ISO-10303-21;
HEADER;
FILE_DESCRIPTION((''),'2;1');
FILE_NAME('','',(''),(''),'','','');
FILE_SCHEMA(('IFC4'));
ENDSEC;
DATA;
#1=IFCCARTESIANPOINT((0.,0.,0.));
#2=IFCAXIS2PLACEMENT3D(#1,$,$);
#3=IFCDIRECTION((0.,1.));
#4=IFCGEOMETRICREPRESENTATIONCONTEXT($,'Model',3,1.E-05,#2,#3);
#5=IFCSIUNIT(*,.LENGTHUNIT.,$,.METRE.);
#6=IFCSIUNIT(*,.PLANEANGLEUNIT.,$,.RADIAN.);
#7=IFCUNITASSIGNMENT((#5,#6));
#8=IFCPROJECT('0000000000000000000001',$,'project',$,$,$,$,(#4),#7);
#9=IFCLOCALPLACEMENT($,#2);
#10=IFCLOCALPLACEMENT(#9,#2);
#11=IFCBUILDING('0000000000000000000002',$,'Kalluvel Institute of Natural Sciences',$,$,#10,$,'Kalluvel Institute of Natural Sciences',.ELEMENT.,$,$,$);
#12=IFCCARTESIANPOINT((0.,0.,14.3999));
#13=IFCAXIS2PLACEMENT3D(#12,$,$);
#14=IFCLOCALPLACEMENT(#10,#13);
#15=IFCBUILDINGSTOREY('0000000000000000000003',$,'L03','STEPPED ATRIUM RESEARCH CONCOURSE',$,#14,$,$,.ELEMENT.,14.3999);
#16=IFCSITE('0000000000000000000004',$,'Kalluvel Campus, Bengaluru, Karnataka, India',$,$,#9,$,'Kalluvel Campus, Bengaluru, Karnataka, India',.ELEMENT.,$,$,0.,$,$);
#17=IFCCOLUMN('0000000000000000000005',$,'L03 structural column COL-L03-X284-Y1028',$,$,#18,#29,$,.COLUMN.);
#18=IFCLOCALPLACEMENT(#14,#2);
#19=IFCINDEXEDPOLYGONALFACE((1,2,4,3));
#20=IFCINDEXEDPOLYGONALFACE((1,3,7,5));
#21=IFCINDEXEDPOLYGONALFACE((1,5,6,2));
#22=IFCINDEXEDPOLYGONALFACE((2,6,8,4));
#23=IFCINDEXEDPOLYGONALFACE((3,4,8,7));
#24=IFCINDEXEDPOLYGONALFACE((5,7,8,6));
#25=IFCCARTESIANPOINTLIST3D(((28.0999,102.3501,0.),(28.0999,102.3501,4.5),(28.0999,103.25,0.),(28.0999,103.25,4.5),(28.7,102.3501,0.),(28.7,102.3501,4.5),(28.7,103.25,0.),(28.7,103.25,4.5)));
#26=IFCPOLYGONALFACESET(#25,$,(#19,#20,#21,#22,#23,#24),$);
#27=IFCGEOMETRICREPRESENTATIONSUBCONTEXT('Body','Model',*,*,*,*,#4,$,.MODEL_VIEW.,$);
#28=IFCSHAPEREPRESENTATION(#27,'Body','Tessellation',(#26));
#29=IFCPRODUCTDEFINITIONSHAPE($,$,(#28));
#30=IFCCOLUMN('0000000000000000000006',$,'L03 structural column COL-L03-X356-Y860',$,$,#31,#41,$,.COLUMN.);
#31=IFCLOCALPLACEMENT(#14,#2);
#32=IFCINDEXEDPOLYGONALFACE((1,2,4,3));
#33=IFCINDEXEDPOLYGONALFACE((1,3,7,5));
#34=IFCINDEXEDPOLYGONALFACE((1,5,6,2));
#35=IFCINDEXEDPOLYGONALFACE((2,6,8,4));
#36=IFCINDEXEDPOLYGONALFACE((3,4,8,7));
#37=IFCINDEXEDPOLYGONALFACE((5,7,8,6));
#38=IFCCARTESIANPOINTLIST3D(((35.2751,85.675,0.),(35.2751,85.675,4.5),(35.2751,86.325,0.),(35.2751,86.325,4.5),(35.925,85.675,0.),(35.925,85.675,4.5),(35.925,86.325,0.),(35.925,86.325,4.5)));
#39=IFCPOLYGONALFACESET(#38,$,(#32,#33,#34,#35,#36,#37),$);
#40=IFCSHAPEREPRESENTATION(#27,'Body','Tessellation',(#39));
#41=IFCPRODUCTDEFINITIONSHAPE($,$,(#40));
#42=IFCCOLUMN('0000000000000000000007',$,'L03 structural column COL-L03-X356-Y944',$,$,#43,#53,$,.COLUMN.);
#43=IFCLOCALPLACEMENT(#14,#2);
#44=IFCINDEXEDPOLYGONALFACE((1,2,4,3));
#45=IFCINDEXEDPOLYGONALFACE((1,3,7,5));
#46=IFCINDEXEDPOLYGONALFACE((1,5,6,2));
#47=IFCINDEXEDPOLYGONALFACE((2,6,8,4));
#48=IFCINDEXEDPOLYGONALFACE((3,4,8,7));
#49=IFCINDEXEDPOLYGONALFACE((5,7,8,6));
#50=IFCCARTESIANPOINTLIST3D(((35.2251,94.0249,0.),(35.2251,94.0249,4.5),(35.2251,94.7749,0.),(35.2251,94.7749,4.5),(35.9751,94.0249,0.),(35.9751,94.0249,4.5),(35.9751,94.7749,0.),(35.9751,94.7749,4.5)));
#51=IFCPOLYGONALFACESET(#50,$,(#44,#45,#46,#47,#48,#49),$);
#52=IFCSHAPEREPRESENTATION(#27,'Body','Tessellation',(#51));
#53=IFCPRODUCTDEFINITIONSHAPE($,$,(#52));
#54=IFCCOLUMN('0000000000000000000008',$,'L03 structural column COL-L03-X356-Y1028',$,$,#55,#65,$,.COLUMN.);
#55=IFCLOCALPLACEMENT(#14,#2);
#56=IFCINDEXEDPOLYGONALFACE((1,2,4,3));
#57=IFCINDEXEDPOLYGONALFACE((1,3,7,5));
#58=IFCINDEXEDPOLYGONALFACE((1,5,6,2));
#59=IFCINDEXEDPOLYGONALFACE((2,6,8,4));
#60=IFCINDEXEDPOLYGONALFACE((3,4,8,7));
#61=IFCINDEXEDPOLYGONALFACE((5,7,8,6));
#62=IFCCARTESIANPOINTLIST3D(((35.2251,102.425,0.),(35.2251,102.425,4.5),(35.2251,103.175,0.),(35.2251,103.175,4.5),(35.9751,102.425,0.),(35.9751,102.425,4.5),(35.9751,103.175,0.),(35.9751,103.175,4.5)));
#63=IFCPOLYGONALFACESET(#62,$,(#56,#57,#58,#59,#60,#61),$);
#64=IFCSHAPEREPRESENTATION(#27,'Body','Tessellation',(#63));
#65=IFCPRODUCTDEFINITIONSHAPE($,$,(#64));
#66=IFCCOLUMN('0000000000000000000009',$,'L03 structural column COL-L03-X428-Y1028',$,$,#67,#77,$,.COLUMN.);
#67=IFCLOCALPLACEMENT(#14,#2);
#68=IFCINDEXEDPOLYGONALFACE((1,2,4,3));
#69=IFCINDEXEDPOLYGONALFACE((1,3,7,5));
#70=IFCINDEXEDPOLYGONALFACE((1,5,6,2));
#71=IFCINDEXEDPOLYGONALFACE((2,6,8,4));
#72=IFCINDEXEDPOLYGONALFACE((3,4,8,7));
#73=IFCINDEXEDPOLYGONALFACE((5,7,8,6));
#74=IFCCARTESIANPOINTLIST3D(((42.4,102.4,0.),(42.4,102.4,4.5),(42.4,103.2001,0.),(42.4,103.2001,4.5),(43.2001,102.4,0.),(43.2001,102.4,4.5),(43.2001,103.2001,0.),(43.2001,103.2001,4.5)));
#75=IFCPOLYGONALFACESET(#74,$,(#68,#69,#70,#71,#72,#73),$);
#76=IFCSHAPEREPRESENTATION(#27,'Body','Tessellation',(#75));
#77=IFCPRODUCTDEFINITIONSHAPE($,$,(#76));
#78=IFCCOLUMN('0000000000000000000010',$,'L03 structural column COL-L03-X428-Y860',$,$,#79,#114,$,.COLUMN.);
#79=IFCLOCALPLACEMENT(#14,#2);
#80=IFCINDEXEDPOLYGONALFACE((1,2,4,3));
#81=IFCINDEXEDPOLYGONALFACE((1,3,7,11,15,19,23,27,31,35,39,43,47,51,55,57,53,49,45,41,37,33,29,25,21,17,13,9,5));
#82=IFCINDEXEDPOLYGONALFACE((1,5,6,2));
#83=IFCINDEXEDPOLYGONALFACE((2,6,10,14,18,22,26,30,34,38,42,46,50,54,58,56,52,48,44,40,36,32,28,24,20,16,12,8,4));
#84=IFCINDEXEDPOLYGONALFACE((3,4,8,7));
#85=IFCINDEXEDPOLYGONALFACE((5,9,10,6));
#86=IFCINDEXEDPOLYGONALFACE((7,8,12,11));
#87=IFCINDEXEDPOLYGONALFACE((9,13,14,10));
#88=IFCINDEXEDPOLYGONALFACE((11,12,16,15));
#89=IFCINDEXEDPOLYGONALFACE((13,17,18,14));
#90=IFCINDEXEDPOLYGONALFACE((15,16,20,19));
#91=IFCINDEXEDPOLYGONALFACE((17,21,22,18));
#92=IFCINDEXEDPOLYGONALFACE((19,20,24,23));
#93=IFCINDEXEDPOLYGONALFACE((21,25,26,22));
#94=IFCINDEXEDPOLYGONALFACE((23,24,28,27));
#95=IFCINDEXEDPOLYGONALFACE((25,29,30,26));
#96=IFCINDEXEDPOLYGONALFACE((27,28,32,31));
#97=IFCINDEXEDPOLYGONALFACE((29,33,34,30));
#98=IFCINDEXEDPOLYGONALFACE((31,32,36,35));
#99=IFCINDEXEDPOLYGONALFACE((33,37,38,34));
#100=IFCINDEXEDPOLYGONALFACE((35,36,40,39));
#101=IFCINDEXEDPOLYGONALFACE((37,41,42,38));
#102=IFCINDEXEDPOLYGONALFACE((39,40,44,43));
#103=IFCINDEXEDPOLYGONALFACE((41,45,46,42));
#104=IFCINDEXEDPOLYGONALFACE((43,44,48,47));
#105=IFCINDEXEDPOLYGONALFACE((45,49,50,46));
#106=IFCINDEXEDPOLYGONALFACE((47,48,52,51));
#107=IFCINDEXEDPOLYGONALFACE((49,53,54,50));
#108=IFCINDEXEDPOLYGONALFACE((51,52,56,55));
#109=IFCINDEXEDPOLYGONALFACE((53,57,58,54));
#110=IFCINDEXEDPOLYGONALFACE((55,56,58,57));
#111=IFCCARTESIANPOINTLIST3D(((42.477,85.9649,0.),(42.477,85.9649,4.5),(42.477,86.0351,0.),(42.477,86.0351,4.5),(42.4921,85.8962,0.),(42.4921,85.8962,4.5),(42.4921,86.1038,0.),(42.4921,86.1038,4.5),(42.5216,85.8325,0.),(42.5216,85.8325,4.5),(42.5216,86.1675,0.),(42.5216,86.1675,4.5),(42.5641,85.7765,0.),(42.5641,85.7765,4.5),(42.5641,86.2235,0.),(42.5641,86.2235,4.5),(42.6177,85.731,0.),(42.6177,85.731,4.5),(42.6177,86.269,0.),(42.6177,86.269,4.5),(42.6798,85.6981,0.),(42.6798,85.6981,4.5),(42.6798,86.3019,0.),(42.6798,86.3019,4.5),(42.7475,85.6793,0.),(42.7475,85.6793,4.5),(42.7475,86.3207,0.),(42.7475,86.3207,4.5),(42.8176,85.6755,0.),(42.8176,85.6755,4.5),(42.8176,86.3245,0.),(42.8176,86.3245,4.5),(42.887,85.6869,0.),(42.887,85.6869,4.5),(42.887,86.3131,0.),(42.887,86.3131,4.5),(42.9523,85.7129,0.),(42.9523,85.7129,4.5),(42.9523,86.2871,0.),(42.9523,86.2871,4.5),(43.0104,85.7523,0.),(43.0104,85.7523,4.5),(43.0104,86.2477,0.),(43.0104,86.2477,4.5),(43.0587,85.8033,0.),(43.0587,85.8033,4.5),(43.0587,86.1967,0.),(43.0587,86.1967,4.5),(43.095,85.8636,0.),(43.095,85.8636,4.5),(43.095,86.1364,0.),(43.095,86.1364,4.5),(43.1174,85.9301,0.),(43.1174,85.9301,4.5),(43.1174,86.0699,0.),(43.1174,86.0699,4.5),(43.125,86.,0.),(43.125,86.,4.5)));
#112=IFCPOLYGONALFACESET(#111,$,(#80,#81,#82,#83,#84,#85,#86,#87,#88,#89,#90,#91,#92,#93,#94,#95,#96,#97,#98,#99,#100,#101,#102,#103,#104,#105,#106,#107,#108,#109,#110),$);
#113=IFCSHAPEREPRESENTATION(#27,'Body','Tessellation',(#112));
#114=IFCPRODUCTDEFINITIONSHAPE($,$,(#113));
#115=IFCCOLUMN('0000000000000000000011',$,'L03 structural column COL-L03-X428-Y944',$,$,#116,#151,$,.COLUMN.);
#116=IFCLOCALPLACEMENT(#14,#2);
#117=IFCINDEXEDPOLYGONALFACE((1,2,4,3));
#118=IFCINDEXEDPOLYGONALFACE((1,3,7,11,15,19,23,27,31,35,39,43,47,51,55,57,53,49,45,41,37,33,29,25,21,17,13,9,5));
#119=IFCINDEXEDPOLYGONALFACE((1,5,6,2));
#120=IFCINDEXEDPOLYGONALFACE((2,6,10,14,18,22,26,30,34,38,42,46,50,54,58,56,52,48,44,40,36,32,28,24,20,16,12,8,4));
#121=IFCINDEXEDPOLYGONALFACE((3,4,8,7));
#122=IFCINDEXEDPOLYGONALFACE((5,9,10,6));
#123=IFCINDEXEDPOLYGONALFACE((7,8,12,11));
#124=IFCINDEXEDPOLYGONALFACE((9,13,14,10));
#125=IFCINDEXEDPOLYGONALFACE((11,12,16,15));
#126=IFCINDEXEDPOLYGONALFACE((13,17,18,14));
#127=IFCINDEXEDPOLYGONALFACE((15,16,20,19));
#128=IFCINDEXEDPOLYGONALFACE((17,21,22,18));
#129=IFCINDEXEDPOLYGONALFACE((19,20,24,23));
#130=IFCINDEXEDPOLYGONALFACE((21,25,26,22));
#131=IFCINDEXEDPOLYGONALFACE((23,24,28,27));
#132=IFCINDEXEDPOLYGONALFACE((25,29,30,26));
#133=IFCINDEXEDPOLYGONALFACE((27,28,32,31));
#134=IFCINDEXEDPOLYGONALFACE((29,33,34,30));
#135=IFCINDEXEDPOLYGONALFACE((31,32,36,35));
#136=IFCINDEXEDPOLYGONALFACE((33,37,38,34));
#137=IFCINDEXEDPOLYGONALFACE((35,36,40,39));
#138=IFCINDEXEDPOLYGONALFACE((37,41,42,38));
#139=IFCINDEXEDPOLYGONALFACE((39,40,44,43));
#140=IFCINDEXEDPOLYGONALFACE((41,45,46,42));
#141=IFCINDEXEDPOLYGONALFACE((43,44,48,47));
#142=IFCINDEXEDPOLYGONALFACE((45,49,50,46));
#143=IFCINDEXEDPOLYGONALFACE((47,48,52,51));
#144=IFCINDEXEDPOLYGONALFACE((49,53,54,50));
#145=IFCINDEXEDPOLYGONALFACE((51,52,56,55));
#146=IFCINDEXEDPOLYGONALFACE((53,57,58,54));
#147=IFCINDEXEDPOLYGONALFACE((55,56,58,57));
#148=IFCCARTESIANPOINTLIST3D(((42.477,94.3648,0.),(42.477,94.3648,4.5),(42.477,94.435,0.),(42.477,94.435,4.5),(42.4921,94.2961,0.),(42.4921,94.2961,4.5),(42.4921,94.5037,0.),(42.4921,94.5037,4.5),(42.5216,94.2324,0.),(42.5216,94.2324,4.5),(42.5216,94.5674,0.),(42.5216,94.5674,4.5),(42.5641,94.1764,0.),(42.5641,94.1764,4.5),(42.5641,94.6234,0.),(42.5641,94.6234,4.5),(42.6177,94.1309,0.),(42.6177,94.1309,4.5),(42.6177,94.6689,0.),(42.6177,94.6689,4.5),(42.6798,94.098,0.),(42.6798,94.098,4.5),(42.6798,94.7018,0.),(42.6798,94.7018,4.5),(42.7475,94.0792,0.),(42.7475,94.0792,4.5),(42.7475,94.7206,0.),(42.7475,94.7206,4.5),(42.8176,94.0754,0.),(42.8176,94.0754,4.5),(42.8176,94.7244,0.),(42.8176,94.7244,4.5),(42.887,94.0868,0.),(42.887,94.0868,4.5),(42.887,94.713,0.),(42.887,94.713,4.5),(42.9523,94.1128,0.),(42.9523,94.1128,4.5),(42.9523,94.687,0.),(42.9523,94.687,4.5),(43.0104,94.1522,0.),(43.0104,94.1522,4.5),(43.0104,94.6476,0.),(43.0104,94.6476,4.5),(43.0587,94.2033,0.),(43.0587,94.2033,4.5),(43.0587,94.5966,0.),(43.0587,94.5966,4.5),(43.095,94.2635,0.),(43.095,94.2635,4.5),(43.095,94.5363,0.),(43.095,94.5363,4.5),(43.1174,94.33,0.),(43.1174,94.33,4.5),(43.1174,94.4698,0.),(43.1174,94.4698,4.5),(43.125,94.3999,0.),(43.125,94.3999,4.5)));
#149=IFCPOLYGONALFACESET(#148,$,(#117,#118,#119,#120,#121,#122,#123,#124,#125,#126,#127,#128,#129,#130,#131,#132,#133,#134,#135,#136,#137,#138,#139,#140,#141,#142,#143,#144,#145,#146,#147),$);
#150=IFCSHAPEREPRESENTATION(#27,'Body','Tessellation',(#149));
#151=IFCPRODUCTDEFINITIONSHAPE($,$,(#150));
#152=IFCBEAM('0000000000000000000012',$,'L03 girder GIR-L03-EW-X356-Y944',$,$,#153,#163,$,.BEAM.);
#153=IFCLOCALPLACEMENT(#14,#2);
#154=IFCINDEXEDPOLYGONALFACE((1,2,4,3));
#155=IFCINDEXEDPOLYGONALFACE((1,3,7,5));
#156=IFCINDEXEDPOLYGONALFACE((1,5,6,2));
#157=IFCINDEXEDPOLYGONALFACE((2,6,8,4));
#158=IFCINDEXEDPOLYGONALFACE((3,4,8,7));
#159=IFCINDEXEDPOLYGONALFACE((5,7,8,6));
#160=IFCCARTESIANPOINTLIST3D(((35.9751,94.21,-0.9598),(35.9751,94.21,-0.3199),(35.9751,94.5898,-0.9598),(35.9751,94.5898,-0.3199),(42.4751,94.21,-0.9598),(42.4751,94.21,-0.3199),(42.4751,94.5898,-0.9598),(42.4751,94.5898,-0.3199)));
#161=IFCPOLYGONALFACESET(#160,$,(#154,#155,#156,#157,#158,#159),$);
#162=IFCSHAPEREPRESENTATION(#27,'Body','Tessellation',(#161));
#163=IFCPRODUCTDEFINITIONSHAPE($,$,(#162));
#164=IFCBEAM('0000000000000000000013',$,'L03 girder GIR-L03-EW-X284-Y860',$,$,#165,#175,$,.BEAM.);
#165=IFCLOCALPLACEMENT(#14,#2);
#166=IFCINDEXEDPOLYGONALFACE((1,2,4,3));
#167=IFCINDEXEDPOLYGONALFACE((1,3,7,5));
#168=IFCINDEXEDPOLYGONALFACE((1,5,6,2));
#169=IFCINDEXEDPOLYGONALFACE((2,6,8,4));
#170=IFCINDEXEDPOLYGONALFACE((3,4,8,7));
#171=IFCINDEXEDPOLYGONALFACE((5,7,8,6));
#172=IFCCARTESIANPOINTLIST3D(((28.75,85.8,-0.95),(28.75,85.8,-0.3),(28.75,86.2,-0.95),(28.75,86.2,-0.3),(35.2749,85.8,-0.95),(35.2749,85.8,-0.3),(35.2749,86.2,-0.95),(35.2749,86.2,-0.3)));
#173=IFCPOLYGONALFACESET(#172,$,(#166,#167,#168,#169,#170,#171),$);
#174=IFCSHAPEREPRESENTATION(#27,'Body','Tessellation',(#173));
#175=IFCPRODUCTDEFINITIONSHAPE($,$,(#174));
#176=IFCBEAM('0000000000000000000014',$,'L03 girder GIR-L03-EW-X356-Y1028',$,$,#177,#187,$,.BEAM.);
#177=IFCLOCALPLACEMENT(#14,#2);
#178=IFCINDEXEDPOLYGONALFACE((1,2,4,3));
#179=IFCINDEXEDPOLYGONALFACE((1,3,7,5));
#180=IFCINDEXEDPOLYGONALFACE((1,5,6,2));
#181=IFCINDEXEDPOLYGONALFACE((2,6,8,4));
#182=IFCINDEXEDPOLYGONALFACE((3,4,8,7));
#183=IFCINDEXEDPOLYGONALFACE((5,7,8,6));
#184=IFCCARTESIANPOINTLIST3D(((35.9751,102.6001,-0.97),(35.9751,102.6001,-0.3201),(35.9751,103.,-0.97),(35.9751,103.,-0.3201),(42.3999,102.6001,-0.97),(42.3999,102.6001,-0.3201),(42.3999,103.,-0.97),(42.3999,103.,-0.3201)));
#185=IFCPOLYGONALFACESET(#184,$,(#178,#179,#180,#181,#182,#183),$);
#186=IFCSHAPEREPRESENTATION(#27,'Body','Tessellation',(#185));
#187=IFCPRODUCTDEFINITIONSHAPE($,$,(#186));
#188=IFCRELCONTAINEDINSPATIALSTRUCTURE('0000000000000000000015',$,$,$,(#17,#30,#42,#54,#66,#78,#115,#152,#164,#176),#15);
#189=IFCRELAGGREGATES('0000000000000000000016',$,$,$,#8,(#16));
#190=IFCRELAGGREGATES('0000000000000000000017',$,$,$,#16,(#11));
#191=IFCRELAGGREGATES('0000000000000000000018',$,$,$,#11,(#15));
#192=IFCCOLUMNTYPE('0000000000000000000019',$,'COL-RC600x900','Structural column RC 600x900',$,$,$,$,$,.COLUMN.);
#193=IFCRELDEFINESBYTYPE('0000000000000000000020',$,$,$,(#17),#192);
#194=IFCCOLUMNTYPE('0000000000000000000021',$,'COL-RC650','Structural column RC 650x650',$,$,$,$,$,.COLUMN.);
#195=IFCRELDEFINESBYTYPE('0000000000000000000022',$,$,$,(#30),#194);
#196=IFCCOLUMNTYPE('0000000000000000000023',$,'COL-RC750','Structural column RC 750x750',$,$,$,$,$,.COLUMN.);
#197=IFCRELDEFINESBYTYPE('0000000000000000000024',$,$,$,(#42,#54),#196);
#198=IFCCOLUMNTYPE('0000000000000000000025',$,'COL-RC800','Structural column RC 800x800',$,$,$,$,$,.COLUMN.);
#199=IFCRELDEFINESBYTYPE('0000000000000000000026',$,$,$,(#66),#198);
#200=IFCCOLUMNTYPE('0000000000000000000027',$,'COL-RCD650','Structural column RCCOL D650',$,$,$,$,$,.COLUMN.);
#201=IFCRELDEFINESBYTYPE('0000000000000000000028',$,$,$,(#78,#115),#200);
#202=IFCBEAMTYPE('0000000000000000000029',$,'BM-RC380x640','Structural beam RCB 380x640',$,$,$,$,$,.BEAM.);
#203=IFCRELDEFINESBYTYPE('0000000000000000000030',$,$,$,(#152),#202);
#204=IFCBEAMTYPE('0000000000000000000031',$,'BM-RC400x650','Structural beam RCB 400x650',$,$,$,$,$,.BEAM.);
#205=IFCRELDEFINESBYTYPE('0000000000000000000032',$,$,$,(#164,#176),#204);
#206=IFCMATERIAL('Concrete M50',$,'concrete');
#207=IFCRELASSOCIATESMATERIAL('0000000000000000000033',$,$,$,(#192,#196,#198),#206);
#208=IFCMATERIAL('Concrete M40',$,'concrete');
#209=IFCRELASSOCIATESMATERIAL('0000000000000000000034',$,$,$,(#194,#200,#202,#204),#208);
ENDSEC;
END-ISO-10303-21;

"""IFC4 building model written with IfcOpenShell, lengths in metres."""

from ifc_helpers import new_model, si_unit, direction, frame, origin, origin_2d, place, context, subcontext, project, spatial, rectangle, circle, extrude, material, material_profile, profile_set, type_object, element, save


model = new_model("IFC4")

# Units and contexts
model_context = context("Model", 3, precision=1e-05, world=origin(), true_north=direction((0.0, 1.0)))
body_context = subcontext(model_context, "Body", "Model", "MODEL_VIEW")
ifc_project = project(units=[si_unit("LENGTHUNIT", "METRE"), si_unit("PLANEANGLEUNIT", "RADIAN")], contexts=[model_context])

# Site, building, storey
site_placement = place(None, origin())
site = spatial("IfcSite", under=ifc_project, at=site_placement, Name="Kalluvel Campus, Bengaluru, Karnataka, India", LongName="Kalluvel Campus, Bengaluru, Karnataka, India", CompositionType="ELEMENT", RefElevation=0.0)
building_placement = place(site_placement, origin())
building = spatial("IfcBuilding", under=site, at=building_placement, Name="Kalluvel Institute of Natural Sciences", LongName="Kalluvel Institute of Natural Sciences", CompositionType="ELEMENT")
storey_placement = place(building_placement, frame((0.0, 0.0, 14.3999)))
storey = spatial("IfcBuildingStorey", under=building, at=storey_placement, Name="L03", Description="STEPPED ATRIUM RESEARCH CONCOURSE", CompositionType="ELEMENT", Elevation=14.3999)

# Columns
ifc_material_1 = material(Name="Concrete M50", Category="concrete")
ifc_material_profile_1 = material_profile(ifc_material_1, rectangle(XDim=0.6001, YDim=0.8999, at=origin_2d()), Name="RC 600x900")
ifc_profile_set_1 = profile_set([ifc_material_profile_1], Name="Concrete M50")
column_type_1 = type_object("IfcColumnType", Name="COL-RC600x900", Description="Structural column RC 600x900", PredefinedType="COLUMN", material=ifc_profile_set_1)
column_1_placement = place(storey_placement, frame((28.3999, 102.8, 0.0), z_axis=(0.0, 0.0, 1.0), x_axis=(1.0, 0.0, 0.0)))
element("IfcColumn", 1, at=column_1_placement, inside=storey, type_object=column_type_1, Name="L03 structural column COL-L03-X284-Y1028", PredefinedType="COLUMN", context=body_context, shape_type="SweptSolid", body=[
    extrude(rectangle(XDim=0.6001, YDim=0.8999, at=origin_2d()), origin(), (0.0, 0.0, 1.0), 4.5),
])
ifc_material_2 = material(Name="Concrete M40", Category="concrete")
ifc_material_profile_2 = material_profile(ifc_material_2, rectangle(XDim=0.6499, YDim=0.6499, at=origin_2d()), Name="RC 650x650")
ifc_profile_set_2 = profile_set([ifc_material_profile_2], Name="Concrete M40")
column_type_2 = type_object("IfcColumnType", Name="COL-RC650", Description="Structural column RC 650x650", PredefinedType="COLUMN", material=ifc_profile_set_2)
column_2_placement = place(storey_placement, frame((35.6001, 86.0, 0.0), z_axis=(0.0, 0.0, 1.0), x_axis=(1.0, 0.0, 0.0)))
element("IfcColumn", 2, at=column_2_placement, inside=storey, type_object=column_type_2, Name="L03 structural column COL-L03-X356-Y860", PredefinedType="COLUMN", context=body_context, shape_type="SweptSolid", body=[
    extrude(rectangle(XDim=0.6499, YDim=0.6499, at=origin_2d()), origin(), (0.0, 0.0, 1.0), 4.5),
])
ifc_material_profile_3 = material_profile(ifc_material_1, rectangle(XDim=0.75, YDim=0.75, at=origin_2d()), Name="RC 750x750")
ifc_profile_set_3 = profile_set([ifc_material_profile_3], Name="Concrete M50")
column_type_3 = type_object("IfcColumnType", Name="COL-RC750", Description="Structural column RC 750x750", PredefinedType="COLUMN", material=ifc_profile_set_3)
for number, where, z_axis, x_axis, name in (
    (3, (35.6001, 94.3999, 0.0), (0.0, 0.0, 1.0), (1.0, 0.0, 0.0), "L03 structural column COL-L03-X356-Y944"),
    (4, (35.6001, 102.8, 0.0), (0.0, 0.0, 1.0), (1.0, 0.0, 0.0), "L03 structural column COL-L03-X356-Y1028"),
):
    element("IfcColumn", number, at=place(storey_placement, frame(where, z_axis=z_axis, x_axis=x_axis)), inside=storey, type_object=column_type_3, Name=name, PredefinedType="COLUMN", context=body_context, shape_type="SweptSolid", body=[
        extrude(rectangle(XDim=0.75, YDim=0.75, at=origin_2d()), origin(), (0.0, 0.0, 1.0), 4.5),
    ])
ifc_material_profile_4 = material_profile(ifc_material_1, rectangle(XDim=0.8, YDim=0.8, at=origin_2d()), Name="RC 800x800")
ifc_profile_set_4 = profile_set([ifc_material_profile_4], Name="Concrete M50")
column_type_4 = type_object("IfcColumnType", Name="COL-RC800", Description="Structural column RC 800x800", PredefinedType="COLUMN", material=ifc_profile_set_4)
column_3_placement = place(storey_placement, frame((42.8, 102.8, 0.0), z_axis=(0.0, 0.0, 1.0), x_axis=(1.0, 0.0, 0.0)))
element("IfcColumn", 5, at=column_3_placement, inside=storey, type_object=column_type_4, Name="L03 structural column COL-L03-X428-Y1028", PredefinedType="COLUMN", context=body_context, shape_type="SweptSolid", body=[
    extrude(rectangle(XDim=0.8, YDim=0.8, at=origin_2d()), origin(), (0.0, 0.0, 1.0), 4.5),
])
ifc_material_profile_5 = material_profile(ifc_material_2, circle(Radius=0.325, at=origin_2d()), Name="RCCOL D650")
ifc_profile_set_5 = profile_set([ifc_material_profile_5], Name="Concrete M40")
column_type_5 = type_object("IfcColumnType", Name="COL-RCD650", Description="Structural column RCCOL D650", PredefinedType="COLUMN", material=ifc_profile_set_5)
for number, where, z_axis, x_axis, name in (
    (6, (42.8, 86.0, 0.0), (0.0, 0.0, 1.0), (1.0, 0.0, 0.0), "L03 structural column COL-L03-X428-Y860"),
    (7, (42.8, 94.3999, 0.0), (0.0, 0.0, 1.0), (1.0, 0.0, 0.0), "L03 structural column COL-L03-X428-Y944"),
):
    element("IfcColumn", number, at=place(storey_placement, frame(where, z_axis=z_axis, x_axis=x_axis)), inside=storey, type_object=column_type_5, Name=name, PredefinedType="COLUMN", context=body_context, shape_type="SweptSolid", body=[
        extrude(circle(Radius=0.325, at=origin_2d()), origin(), (0.0, 0.0, 1.0), 4.5),
    ])

# Beams
ifc_material_profile_6 = material_profile(ifc_material_2, rectangle(XDim=0.3799, YDim=0.6399, at=origin_2d()), Name="RCB 380x640")
ifc_profile_set_6 = profile_set([ifc_material_profile_6], Name="Concrete M40")
beam_type_1 = type_object("IfcBeamType", Name="BM-RC380x640", Description="Structural beam RCB 380x640", PredefinedType="BEAM", material=ifc_profile_set_6)
beam_1_placement = place(storey_placement, frame((35.9751, 94.3999, -0.6399), z_axis=(1.0, 0.0, 0.0), x_axis=(0.0, 1.0, 0.0)))
element("IfcBeam", 8, at=beam_1_placement, inside=storey, type_object=beam_type_1, Name="L03 girder GIR-L03-EW-X356-Y944", PredefinedType="BEAM", context=body_context, shape_type="SweptSolid", body=[
    extrude(rectangle(XDim=0.3799, YDim=0.6399, at=origin_2d()), origin(), (0.0, 0.0, 1.0), 6.5),
])
ifc_material_profile_7 = material_profile(ifc_material_2, rectangle(XDim=0.3999, YDim=0.6499, at=origin_2d()), Name="RCB 400x650")
ifc_profile_set_7 = profile_set([ifc_material_profile_7], Name="Concrete M40")
beam_type_2 = type_object("IfcBeamType", Name="BM-RC400x650", Description="Structural beam RCB 400x650", PredefinedType="BEAM", material=ifc_profile_set_7)
beam_2_placement = place(storey_placement, frame((28.75, 86.0, -0.625), z_axis=(1.0, 0.0, 0.0), x_axis=(0.0, 1.0, 0.0)))
element("IfcBeam", 9, at=beam_2_placement, inside=storey, type_object=beam_type_2, Name="L03 girder GIR-L03-EW-X284-Y860", PredefinedType="BEAM", context=body_context, shape_type="SweptSolid", body=[
    extrude(rectangle(XDim=0.3999, YDim=0.6499, at=origin_2d()), origin(), (0.0, 0.0, 1.0), 6.5249),
])
beam_3_placement = place(storey_placement, frame((35.9751, 102.8, -0.645), z_axis=(1.0, 0.0, 0.0), x_axis=(0.0, 1.0, 0.0)))
element("IfcBeam", 10, at=beam_3_placement, inside=storey, type_object=beam_type_2, Name="L03 girder GIR-L03-EW-X356-Y1028", PredefinedType="BEAM", context=body_context, shape_type="SweptSolid", body=[
    extrude(rectangle(XDim=0.3999, YDim=0.6499, at=origin_2d()), origin(), (0.0, 0.0, 1.0), 6.4248),
])

save(model, "model.ifc")
